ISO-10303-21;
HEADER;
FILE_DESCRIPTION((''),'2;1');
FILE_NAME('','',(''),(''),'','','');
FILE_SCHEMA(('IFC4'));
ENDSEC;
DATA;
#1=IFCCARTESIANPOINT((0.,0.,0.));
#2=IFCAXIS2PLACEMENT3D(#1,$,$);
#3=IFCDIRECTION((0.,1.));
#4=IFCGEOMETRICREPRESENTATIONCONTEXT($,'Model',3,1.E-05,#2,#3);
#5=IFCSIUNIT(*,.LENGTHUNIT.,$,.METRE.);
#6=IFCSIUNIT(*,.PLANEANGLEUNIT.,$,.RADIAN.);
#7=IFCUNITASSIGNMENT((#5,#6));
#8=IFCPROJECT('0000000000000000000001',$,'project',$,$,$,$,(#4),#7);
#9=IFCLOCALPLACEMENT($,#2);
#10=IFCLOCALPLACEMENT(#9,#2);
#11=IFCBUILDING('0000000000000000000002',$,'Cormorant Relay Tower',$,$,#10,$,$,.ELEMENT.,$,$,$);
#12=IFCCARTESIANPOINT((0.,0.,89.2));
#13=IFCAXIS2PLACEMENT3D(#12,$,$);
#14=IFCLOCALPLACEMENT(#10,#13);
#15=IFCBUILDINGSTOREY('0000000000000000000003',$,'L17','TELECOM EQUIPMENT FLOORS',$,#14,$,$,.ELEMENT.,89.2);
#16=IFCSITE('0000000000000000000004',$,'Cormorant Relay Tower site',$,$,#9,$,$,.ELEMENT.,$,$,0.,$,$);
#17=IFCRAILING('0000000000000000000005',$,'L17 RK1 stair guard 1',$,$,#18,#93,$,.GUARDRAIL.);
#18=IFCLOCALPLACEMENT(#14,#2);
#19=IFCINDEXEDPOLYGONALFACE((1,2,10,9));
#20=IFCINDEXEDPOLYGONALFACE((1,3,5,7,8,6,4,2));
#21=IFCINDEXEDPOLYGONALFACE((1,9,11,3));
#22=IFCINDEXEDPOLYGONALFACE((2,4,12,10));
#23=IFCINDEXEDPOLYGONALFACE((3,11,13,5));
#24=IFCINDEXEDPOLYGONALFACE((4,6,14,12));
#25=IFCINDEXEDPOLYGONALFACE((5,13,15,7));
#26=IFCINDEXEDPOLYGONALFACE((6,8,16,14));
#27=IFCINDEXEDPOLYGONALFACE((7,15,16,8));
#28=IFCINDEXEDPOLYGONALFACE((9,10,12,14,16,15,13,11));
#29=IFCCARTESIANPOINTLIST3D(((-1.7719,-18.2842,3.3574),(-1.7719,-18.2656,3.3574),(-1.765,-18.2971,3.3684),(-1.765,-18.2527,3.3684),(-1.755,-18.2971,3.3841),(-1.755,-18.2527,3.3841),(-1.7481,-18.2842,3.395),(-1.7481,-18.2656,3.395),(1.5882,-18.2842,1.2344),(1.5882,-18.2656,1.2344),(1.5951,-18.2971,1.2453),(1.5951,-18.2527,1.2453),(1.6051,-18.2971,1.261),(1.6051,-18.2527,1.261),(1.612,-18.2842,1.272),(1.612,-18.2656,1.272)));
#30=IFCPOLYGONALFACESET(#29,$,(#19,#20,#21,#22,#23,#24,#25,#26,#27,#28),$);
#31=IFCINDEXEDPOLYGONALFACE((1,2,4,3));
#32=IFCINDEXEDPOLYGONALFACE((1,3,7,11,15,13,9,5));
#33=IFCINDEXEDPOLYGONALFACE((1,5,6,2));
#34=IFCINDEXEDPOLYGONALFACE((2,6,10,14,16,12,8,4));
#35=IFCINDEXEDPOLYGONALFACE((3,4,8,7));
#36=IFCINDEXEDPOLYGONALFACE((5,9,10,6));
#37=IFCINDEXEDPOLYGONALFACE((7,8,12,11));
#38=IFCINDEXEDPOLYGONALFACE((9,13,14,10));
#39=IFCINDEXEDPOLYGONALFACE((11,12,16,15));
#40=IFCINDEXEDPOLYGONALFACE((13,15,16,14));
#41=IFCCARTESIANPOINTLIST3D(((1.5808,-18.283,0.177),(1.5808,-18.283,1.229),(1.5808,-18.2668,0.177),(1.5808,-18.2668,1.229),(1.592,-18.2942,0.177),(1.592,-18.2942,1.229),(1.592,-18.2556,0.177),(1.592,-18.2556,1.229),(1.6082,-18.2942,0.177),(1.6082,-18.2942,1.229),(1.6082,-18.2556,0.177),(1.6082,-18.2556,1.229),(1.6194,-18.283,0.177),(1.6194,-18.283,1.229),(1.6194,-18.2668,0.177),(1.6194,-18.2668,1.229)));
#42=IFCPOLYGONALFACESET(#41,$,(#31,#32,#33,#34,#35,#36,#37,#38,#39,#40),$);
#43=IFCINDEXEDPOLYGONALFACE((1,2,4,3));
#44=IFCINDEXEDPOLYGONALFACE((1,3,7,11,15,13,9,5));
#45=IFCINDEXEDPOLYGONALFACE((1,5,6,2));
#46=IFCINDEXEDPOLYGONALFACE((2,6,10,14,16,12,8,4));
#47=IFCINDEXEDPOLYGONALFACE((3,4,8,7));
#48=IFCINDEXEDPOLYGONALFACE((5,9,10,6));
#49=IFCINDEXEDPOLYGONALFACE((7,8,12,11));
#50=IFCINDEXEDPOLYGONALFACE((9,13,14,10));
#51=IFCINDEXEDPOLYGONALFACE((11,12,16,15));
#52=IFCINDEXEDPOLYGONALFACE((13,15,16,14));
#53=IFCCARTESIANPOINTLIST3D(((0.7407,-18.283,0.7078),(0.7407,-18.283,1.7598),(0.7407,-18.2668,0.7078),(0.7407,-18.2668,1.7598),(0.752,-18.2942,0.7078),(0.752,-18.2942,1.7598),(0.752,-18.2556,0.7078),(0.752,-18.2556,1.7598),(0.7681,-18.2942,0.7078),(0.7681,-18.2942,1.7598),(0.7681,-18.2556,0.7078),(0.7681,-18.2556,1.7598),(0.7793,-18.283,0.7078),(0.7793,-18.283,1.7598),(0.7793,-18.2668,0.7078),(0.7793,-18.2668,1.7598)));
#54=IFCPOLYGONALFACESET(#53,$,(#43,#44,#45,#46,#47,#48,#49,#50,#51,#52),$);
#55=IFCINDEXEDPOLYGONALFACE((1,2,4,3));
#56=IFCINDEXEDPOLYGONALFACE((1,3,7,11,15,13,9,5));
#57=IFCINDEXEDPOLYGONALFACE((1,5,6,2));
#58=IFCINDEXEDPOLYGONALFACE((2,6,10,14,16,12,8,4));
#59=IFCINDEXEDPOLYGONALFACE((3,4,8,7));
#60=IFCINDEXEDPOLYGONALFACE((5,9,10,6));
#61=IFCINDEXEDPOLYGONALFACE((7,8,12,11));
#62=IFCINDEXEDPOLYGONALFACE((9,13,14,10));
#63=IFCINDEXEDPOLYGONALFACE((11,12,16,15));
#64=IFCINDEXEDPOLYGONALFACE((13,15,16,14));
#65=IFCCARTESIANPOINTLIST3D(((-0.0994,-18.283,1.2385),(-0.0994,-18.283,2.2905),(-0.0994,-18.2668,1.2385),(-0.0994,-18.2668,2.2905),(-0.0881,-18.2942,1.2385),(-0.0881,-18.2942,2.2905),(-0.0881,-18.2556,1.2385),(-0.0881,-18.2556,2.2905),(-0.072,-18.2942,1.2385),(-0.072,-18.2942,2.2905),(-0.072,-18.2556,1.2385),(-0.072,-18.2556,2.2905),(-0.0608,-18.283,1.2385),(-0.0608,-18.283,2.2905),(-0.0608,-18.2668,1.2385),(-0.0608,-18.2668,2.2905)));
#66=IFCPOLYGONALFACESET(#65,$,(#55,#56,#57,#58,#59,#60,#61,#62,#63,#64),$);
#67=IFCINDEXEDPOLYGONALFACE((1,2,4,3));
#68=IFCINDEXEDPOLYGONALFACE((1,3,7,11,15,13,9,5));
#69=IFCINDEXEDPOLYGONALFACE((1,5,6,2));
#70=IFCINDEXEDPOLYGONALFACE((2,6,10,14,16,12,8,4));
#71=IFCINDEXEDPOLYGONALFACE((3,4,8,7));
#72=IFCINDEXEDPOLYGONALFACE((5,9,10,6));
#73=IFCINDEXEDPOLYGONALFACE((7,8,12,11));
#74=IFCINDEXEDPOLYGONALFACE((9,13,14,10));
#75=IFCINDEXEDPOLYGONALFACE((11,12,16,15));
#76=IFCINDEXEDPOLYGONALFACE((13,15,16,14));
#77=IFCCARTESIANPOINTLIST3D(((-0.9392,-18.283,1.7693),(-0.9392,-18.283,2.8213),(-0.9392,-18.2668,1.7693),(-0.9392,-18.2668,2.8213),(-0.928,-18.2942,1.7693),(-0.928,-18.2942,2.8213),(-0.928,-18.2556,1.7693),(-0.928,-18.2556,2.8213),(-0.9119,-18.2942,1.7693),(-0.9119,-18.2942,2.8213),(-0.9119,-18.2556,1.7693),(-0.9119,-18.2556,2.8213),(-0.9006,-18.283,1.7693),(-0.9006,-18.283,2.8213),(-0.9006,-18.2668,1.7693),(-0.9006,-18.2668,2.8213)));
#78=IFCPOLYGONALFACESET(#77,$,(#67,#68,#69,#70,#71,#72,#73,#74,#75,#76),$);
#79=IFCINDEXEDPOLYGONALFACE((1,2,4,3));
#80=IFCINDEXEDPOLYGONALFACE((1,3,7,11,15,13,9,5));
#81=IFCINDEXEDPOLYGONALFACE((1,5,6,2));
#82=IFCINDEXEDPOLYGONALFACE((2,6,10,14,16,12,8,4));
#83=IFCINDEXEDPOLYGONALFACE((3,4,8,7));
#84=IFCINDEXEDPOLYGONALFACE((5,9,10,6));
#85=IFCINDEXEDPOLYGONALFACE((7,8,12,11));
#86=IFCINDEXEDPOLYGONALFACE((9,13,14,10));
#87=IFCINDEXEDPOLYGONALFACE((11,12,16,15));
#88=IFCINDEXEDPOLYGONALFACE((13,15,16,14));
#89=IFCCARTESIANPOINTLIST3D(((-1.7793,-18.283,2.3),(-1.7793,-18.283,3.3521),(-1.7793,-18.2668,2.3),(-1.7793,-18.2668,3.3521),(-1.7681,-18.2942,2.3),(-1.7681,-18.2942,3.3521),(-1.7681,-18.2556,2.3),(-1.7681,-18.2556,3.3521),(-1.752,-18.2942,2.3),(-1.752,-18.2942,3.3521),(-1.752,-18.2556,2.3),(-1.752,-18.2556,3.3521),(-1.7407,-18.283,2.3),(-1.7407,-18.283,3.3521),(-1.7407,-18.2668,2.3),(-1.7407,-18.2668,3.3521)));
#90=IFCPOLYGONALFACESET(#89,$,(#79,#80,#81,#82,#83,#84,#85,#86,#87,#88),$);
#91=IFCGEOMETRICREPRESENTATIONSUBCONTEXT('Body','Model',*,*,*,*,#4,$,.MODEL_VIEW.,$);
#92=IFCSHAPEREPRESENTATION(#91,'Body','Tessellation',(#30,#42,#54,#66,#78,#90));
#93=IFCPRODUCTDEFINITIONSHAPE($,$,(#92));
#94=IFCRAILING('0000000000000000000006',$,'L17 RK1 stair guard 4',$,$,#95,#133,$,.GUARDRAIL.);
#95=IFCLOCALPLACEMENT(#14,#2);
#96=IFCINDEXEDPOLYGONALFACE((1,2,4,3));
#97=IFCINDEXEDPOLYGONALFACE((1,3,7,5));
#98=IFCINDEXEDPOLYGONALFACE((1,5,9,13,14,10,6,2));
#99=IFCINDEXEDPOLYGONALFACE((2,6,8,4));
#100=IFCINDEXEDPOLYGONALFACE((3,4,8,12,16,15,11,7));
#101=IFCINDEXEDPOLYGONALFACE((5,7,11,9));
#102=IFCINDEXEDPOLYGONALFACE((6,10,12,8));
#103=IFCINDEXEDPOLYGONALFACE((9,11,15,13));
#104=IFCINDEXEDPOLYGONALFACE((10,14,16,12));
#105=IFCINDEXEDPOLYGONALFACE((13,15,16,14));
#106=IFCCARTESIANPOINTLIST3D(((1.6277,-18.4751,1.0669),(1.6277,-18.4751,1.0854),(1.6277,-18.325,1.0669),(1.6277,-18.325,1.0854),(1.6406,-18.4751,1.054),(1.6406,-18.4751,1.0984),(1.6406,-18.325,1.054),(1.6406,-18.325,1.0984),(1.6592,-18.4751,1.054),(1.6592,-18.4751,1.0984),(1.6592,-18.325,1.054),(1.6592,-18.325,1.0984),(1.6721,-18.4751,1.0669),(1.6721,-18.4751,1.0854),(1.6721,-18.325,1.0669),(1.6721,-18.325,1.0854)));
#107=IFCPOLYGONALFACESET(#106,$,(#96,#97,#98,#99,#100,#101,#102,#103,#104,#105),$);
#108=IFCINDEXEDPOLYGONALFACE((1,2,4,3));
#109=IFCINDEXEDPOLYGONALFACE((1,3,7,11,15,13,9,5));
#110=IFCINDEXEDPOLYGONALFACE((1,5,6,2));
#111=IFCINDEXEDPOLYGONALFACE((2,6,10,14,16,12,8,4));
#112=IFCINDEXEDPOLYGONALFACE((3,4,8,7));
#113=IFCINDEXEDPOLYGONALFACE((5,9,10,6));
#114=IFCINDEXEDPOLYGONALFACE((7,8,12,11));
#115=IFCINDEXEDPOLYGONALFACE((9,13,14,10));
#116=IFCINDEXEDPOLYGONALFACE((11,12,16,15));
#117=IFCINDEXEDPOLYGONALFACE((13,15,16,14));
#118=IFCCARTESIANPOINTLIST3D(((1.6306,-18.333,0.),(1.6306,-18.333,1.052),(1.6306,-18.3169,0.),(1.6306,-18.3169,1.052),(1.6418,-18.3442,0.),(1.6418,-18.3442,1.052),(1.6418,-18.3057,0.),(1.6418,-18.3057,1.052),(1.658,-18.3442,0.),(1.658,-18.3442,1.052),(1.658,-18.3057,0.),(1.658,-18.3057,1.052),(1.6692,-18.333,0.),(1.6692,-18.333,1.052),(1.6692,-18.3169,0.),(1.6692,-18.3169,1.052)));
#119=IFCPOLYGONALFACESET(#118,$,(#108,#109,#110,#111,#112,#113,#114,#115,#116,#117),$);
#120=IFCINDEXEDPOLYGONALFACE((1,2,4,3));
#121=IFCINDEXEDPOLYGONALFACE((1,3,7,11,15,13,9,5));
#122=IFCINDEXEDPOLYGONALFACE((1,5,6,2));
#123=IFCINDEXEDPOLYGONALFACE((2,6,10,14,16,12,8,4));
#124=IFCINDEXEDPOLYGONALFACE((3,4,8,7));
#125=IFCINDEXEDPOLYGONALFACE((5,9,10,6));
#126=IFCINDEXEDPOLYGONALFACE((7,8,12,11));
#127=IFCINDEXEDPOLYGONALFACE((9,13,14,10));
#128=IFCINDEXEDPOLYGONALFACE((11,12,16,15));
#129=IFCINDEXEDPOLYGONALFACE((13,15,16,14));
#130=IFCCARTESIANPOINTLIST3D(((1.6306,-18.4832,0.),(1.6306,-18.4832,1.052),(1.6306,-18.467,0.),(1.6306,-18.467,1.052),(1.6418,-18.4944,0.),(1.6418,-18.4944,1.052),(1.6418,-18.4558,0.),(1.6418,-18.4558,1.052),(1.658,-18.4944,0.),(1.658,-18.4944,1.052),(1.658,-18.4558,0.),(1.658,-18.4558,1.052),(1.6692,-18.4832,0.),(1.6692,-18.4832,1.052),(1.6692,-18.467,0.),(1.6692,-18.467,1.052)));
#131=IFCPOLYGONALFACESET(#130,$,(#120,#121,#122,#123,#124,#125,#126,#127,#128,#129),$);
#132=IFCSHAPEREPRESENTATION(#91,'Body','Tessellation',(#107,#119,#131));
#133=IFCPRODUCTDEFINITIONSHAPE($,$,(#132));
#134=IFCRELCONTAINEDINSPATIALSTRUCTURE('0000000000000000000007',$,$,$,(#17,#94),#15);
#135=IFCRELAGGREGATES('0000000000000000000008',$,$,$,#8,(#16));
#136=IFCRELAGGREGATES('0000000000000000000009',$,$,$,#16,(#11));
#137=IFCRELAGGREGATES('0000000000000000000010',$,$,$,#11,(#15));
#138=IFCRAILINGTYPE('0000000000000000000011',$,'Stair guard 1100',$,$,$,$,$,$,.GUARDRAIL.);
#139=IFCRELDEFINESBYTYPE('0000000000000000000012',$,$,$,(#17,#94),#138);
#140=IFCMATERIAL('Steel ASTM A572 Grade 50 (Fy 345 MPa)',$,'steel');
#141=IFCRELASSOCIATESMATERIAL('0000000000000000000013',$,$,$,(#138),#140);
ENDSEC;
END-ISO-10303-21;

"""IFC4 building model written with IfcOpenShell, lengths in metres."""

from ifc_helpers import new_model, si_unit, direction, frame, origin, place, context, subcontext, project, spatial, polyline, outline, extrude, material, type_object, element, save


model = new_model("IFC4")

# Units and contexts
model_context = context("Model", 3, precision=1e-05, world=origin(), true_north=direction((0.0, 1.0)))
body_context = subcontext(model_context, "Body", "Model", "MODEL_VIEW")
ifc_project = project(units=[si_unit("LENGTHUNIT", "METRE"), si_unit("PLANEANGLEUNIT", "RADIAN")], contexts=[model_context])

# Site, building, storey
site_placement = place(None, origin())
site = spatial("IfcSite", under=ifc_project, at=site_placement, Name="Cormorant Relay Tower site", CompositionType="ELEMENT", RefElevation=0.0)
building_placement = place(site_placement, origin())
building = spatial("IfcBuilding", under=site, at=building_placement, Name="Cormorant Relay Tower", CompositionType="ELEMENT")
storey_placement = place(building_placement, frame((0.0, 0.0, 89.2)))
storey = spatial("IfcBuildingStorey", under=building, at=storey_placement, Name="L17", Description="TELECOM EQUIPMENT FLOORS", CompositionType="ELEMENT", Elevation=89.2)

# Railings
ifc_material_1 = material(Name="Steel ASTM A572 Grade 50 (Fy 345 MPa)", Category="steel")
railing_type_1 = type_object("IfcRailingType", Name="Stair guard 1100", PredefinedType="GUARDRAIL", material=ifc_material_1)
railing_1_placement = place(storey_placement, frame((1.6001, -18.2749, 0.177)))
element("IfcRailing", 1, at=railing_1_placement, inside=storey, type_object=railing_type_1, Name="L17 RK1 stair guard 1", PredefinedType="GUARDRAIL", context=body_context, shape_type="SweptSolid", body=[
    extrude(outline(polyline([(0.0222, 0.0093), (0.0093, 0.0222), (-0.0093, 0.0222), (-0.0222, 0.0093), (-0.0222, -0.0093), (-0.0093, -0.0222), (0.0093, -0.0222), (0.0222, -0.0093), (0.0222, 0.0093)])), frame((0.0, 0.0, 1.0762), z_axis=(-0.84539, 0.0, 0.53415), x_axis=(0.0, -1.0, 0.0)), (0.0, 0.0, 1.0), 3.9746),
    extrude(outline(polyline([(0.0193, 0.0081), (0.0081, 0.0193), (-0.0081, 0.0193), (-0.0193, 0.0081), (-0.0193, -0.0081), (-0.0081, -0.0193), (0.0081, -0.0193), (0.0193, -0.0081), (0.0193, 0.0081)])), origin(), (0.0, 0.0, 1.0), 1.052),
    extrude(outline(polyline([(0.0193, 0.0081), (0.0081, 0.0193), (-0.0081, 0.0193), (-0.0193, 0.0081), (-0.0193, -0.0081), (-0.0081, -0.0193), (0.0081, -0.0193), (0.0193, -0.0081), (0.0193, 0.0081)])), frame((-0.8401, 0.0, 0.5308)), (0.0, 0.0, 1.0), 1.052),
    extrude(outline(polyline([(0.0193, 0.0081), (0.0081, 0.0193), (-0.0081, 0.0193), (-0.0193, 0.0081), (-0.0193, -0.0081), (-0.0081, -0.0193), (0.0081, -0.0193), (0.0193, -0.0081), (0.0193, 0.0081)])), frame((-1.6802, 0.0, 1.0615)), (0.0, 0.0, 1.0), 1.052),
    extrude(outline(polyline([(0.0193, 0.0081), (0.0081, 0.0193), (-0.0081, 0.0193), (-0.0193, 0.0081), (-0.0193, -0.0081), (-0.0081, -0.0193), (0.0081, -0.0193), (0.0193, -0.0081), (0.0193, 0.0081)])), frame((-2.52, 0.0, 1.5923)), (0.0, 0.0, 1.0), 1.052),
    extrude(outline(polyline([(0.0193, 0.0081), (0.0081, 0.0193), (-0.0081, 0.0193), (-0.0193, 0.0081), (-0.0193, -0.0081), (-0.0081, -0.0193), (0.0081, -0.0193), (0.0193, -0.0081), (0.0193, 0.0081)])), frame((-3.3601, 0.0, 2.123)), (0.0, 0.0, 1.0), 1.052),
])
railing_2_placement = place(storey_placement, frame((1.6499, -18.325, 0.0)))
element("IfcRailing", 2, at=railing_2_placement, inside=storey, type_object=railing_type_1, Name="L17 RK1 stair guard 4", PredefinedType="GUARDRAIL", context=body_context, shape_type="SweptSolid", body=[
    extrude(outline(polyline([(0.0222, 0.0093), (0.0093, 0.0222), (-0.0093, 0.0222), (-0.0222, 0.0093), (-0.0222, -0.0093), (-0.0093, -0.0222), (0.0093, -0.0222), (0.0222, -0.0093), (0.0222, 0.0093)])), frame((0.0, 0.0, 1.0762), z_axis=(0.0, -1.0, 0.0), x_axis=(1.0, 0.0, 0.0)), (0.0, 0.0, 1.0), 0.1501),
    extrude(outline(polyline([(0.0193, 0.0081), (0.0081, 0.0193), (-0.0081, 0.0193), (-0.0193, 0.0081), (-0.0193, -0.0081), (-0.0081, -0.0193), (0.0081, -0.0193), (0.0193, -0.0081), (0.0193, 0.0081)])), origin(), (0.0, 0.0, 1.0), 1.052),
    extrude(outline(polyline([(0.0193, 0.0081), (0.0081, 0.0193), (-0.0081, 0.0193), (-0.0193, 0.0081), (-0.0193, -0.0081), (-0.0081, -0.0193), (0.0081, -0.0193), (0.0193, -0.0081), (0.0193, 0.0081)])), frame((0.0, -0.1501, 0.0)), (0.0, 0.0, 1.0), 1.052),
])

save(model, "model.ifc")
